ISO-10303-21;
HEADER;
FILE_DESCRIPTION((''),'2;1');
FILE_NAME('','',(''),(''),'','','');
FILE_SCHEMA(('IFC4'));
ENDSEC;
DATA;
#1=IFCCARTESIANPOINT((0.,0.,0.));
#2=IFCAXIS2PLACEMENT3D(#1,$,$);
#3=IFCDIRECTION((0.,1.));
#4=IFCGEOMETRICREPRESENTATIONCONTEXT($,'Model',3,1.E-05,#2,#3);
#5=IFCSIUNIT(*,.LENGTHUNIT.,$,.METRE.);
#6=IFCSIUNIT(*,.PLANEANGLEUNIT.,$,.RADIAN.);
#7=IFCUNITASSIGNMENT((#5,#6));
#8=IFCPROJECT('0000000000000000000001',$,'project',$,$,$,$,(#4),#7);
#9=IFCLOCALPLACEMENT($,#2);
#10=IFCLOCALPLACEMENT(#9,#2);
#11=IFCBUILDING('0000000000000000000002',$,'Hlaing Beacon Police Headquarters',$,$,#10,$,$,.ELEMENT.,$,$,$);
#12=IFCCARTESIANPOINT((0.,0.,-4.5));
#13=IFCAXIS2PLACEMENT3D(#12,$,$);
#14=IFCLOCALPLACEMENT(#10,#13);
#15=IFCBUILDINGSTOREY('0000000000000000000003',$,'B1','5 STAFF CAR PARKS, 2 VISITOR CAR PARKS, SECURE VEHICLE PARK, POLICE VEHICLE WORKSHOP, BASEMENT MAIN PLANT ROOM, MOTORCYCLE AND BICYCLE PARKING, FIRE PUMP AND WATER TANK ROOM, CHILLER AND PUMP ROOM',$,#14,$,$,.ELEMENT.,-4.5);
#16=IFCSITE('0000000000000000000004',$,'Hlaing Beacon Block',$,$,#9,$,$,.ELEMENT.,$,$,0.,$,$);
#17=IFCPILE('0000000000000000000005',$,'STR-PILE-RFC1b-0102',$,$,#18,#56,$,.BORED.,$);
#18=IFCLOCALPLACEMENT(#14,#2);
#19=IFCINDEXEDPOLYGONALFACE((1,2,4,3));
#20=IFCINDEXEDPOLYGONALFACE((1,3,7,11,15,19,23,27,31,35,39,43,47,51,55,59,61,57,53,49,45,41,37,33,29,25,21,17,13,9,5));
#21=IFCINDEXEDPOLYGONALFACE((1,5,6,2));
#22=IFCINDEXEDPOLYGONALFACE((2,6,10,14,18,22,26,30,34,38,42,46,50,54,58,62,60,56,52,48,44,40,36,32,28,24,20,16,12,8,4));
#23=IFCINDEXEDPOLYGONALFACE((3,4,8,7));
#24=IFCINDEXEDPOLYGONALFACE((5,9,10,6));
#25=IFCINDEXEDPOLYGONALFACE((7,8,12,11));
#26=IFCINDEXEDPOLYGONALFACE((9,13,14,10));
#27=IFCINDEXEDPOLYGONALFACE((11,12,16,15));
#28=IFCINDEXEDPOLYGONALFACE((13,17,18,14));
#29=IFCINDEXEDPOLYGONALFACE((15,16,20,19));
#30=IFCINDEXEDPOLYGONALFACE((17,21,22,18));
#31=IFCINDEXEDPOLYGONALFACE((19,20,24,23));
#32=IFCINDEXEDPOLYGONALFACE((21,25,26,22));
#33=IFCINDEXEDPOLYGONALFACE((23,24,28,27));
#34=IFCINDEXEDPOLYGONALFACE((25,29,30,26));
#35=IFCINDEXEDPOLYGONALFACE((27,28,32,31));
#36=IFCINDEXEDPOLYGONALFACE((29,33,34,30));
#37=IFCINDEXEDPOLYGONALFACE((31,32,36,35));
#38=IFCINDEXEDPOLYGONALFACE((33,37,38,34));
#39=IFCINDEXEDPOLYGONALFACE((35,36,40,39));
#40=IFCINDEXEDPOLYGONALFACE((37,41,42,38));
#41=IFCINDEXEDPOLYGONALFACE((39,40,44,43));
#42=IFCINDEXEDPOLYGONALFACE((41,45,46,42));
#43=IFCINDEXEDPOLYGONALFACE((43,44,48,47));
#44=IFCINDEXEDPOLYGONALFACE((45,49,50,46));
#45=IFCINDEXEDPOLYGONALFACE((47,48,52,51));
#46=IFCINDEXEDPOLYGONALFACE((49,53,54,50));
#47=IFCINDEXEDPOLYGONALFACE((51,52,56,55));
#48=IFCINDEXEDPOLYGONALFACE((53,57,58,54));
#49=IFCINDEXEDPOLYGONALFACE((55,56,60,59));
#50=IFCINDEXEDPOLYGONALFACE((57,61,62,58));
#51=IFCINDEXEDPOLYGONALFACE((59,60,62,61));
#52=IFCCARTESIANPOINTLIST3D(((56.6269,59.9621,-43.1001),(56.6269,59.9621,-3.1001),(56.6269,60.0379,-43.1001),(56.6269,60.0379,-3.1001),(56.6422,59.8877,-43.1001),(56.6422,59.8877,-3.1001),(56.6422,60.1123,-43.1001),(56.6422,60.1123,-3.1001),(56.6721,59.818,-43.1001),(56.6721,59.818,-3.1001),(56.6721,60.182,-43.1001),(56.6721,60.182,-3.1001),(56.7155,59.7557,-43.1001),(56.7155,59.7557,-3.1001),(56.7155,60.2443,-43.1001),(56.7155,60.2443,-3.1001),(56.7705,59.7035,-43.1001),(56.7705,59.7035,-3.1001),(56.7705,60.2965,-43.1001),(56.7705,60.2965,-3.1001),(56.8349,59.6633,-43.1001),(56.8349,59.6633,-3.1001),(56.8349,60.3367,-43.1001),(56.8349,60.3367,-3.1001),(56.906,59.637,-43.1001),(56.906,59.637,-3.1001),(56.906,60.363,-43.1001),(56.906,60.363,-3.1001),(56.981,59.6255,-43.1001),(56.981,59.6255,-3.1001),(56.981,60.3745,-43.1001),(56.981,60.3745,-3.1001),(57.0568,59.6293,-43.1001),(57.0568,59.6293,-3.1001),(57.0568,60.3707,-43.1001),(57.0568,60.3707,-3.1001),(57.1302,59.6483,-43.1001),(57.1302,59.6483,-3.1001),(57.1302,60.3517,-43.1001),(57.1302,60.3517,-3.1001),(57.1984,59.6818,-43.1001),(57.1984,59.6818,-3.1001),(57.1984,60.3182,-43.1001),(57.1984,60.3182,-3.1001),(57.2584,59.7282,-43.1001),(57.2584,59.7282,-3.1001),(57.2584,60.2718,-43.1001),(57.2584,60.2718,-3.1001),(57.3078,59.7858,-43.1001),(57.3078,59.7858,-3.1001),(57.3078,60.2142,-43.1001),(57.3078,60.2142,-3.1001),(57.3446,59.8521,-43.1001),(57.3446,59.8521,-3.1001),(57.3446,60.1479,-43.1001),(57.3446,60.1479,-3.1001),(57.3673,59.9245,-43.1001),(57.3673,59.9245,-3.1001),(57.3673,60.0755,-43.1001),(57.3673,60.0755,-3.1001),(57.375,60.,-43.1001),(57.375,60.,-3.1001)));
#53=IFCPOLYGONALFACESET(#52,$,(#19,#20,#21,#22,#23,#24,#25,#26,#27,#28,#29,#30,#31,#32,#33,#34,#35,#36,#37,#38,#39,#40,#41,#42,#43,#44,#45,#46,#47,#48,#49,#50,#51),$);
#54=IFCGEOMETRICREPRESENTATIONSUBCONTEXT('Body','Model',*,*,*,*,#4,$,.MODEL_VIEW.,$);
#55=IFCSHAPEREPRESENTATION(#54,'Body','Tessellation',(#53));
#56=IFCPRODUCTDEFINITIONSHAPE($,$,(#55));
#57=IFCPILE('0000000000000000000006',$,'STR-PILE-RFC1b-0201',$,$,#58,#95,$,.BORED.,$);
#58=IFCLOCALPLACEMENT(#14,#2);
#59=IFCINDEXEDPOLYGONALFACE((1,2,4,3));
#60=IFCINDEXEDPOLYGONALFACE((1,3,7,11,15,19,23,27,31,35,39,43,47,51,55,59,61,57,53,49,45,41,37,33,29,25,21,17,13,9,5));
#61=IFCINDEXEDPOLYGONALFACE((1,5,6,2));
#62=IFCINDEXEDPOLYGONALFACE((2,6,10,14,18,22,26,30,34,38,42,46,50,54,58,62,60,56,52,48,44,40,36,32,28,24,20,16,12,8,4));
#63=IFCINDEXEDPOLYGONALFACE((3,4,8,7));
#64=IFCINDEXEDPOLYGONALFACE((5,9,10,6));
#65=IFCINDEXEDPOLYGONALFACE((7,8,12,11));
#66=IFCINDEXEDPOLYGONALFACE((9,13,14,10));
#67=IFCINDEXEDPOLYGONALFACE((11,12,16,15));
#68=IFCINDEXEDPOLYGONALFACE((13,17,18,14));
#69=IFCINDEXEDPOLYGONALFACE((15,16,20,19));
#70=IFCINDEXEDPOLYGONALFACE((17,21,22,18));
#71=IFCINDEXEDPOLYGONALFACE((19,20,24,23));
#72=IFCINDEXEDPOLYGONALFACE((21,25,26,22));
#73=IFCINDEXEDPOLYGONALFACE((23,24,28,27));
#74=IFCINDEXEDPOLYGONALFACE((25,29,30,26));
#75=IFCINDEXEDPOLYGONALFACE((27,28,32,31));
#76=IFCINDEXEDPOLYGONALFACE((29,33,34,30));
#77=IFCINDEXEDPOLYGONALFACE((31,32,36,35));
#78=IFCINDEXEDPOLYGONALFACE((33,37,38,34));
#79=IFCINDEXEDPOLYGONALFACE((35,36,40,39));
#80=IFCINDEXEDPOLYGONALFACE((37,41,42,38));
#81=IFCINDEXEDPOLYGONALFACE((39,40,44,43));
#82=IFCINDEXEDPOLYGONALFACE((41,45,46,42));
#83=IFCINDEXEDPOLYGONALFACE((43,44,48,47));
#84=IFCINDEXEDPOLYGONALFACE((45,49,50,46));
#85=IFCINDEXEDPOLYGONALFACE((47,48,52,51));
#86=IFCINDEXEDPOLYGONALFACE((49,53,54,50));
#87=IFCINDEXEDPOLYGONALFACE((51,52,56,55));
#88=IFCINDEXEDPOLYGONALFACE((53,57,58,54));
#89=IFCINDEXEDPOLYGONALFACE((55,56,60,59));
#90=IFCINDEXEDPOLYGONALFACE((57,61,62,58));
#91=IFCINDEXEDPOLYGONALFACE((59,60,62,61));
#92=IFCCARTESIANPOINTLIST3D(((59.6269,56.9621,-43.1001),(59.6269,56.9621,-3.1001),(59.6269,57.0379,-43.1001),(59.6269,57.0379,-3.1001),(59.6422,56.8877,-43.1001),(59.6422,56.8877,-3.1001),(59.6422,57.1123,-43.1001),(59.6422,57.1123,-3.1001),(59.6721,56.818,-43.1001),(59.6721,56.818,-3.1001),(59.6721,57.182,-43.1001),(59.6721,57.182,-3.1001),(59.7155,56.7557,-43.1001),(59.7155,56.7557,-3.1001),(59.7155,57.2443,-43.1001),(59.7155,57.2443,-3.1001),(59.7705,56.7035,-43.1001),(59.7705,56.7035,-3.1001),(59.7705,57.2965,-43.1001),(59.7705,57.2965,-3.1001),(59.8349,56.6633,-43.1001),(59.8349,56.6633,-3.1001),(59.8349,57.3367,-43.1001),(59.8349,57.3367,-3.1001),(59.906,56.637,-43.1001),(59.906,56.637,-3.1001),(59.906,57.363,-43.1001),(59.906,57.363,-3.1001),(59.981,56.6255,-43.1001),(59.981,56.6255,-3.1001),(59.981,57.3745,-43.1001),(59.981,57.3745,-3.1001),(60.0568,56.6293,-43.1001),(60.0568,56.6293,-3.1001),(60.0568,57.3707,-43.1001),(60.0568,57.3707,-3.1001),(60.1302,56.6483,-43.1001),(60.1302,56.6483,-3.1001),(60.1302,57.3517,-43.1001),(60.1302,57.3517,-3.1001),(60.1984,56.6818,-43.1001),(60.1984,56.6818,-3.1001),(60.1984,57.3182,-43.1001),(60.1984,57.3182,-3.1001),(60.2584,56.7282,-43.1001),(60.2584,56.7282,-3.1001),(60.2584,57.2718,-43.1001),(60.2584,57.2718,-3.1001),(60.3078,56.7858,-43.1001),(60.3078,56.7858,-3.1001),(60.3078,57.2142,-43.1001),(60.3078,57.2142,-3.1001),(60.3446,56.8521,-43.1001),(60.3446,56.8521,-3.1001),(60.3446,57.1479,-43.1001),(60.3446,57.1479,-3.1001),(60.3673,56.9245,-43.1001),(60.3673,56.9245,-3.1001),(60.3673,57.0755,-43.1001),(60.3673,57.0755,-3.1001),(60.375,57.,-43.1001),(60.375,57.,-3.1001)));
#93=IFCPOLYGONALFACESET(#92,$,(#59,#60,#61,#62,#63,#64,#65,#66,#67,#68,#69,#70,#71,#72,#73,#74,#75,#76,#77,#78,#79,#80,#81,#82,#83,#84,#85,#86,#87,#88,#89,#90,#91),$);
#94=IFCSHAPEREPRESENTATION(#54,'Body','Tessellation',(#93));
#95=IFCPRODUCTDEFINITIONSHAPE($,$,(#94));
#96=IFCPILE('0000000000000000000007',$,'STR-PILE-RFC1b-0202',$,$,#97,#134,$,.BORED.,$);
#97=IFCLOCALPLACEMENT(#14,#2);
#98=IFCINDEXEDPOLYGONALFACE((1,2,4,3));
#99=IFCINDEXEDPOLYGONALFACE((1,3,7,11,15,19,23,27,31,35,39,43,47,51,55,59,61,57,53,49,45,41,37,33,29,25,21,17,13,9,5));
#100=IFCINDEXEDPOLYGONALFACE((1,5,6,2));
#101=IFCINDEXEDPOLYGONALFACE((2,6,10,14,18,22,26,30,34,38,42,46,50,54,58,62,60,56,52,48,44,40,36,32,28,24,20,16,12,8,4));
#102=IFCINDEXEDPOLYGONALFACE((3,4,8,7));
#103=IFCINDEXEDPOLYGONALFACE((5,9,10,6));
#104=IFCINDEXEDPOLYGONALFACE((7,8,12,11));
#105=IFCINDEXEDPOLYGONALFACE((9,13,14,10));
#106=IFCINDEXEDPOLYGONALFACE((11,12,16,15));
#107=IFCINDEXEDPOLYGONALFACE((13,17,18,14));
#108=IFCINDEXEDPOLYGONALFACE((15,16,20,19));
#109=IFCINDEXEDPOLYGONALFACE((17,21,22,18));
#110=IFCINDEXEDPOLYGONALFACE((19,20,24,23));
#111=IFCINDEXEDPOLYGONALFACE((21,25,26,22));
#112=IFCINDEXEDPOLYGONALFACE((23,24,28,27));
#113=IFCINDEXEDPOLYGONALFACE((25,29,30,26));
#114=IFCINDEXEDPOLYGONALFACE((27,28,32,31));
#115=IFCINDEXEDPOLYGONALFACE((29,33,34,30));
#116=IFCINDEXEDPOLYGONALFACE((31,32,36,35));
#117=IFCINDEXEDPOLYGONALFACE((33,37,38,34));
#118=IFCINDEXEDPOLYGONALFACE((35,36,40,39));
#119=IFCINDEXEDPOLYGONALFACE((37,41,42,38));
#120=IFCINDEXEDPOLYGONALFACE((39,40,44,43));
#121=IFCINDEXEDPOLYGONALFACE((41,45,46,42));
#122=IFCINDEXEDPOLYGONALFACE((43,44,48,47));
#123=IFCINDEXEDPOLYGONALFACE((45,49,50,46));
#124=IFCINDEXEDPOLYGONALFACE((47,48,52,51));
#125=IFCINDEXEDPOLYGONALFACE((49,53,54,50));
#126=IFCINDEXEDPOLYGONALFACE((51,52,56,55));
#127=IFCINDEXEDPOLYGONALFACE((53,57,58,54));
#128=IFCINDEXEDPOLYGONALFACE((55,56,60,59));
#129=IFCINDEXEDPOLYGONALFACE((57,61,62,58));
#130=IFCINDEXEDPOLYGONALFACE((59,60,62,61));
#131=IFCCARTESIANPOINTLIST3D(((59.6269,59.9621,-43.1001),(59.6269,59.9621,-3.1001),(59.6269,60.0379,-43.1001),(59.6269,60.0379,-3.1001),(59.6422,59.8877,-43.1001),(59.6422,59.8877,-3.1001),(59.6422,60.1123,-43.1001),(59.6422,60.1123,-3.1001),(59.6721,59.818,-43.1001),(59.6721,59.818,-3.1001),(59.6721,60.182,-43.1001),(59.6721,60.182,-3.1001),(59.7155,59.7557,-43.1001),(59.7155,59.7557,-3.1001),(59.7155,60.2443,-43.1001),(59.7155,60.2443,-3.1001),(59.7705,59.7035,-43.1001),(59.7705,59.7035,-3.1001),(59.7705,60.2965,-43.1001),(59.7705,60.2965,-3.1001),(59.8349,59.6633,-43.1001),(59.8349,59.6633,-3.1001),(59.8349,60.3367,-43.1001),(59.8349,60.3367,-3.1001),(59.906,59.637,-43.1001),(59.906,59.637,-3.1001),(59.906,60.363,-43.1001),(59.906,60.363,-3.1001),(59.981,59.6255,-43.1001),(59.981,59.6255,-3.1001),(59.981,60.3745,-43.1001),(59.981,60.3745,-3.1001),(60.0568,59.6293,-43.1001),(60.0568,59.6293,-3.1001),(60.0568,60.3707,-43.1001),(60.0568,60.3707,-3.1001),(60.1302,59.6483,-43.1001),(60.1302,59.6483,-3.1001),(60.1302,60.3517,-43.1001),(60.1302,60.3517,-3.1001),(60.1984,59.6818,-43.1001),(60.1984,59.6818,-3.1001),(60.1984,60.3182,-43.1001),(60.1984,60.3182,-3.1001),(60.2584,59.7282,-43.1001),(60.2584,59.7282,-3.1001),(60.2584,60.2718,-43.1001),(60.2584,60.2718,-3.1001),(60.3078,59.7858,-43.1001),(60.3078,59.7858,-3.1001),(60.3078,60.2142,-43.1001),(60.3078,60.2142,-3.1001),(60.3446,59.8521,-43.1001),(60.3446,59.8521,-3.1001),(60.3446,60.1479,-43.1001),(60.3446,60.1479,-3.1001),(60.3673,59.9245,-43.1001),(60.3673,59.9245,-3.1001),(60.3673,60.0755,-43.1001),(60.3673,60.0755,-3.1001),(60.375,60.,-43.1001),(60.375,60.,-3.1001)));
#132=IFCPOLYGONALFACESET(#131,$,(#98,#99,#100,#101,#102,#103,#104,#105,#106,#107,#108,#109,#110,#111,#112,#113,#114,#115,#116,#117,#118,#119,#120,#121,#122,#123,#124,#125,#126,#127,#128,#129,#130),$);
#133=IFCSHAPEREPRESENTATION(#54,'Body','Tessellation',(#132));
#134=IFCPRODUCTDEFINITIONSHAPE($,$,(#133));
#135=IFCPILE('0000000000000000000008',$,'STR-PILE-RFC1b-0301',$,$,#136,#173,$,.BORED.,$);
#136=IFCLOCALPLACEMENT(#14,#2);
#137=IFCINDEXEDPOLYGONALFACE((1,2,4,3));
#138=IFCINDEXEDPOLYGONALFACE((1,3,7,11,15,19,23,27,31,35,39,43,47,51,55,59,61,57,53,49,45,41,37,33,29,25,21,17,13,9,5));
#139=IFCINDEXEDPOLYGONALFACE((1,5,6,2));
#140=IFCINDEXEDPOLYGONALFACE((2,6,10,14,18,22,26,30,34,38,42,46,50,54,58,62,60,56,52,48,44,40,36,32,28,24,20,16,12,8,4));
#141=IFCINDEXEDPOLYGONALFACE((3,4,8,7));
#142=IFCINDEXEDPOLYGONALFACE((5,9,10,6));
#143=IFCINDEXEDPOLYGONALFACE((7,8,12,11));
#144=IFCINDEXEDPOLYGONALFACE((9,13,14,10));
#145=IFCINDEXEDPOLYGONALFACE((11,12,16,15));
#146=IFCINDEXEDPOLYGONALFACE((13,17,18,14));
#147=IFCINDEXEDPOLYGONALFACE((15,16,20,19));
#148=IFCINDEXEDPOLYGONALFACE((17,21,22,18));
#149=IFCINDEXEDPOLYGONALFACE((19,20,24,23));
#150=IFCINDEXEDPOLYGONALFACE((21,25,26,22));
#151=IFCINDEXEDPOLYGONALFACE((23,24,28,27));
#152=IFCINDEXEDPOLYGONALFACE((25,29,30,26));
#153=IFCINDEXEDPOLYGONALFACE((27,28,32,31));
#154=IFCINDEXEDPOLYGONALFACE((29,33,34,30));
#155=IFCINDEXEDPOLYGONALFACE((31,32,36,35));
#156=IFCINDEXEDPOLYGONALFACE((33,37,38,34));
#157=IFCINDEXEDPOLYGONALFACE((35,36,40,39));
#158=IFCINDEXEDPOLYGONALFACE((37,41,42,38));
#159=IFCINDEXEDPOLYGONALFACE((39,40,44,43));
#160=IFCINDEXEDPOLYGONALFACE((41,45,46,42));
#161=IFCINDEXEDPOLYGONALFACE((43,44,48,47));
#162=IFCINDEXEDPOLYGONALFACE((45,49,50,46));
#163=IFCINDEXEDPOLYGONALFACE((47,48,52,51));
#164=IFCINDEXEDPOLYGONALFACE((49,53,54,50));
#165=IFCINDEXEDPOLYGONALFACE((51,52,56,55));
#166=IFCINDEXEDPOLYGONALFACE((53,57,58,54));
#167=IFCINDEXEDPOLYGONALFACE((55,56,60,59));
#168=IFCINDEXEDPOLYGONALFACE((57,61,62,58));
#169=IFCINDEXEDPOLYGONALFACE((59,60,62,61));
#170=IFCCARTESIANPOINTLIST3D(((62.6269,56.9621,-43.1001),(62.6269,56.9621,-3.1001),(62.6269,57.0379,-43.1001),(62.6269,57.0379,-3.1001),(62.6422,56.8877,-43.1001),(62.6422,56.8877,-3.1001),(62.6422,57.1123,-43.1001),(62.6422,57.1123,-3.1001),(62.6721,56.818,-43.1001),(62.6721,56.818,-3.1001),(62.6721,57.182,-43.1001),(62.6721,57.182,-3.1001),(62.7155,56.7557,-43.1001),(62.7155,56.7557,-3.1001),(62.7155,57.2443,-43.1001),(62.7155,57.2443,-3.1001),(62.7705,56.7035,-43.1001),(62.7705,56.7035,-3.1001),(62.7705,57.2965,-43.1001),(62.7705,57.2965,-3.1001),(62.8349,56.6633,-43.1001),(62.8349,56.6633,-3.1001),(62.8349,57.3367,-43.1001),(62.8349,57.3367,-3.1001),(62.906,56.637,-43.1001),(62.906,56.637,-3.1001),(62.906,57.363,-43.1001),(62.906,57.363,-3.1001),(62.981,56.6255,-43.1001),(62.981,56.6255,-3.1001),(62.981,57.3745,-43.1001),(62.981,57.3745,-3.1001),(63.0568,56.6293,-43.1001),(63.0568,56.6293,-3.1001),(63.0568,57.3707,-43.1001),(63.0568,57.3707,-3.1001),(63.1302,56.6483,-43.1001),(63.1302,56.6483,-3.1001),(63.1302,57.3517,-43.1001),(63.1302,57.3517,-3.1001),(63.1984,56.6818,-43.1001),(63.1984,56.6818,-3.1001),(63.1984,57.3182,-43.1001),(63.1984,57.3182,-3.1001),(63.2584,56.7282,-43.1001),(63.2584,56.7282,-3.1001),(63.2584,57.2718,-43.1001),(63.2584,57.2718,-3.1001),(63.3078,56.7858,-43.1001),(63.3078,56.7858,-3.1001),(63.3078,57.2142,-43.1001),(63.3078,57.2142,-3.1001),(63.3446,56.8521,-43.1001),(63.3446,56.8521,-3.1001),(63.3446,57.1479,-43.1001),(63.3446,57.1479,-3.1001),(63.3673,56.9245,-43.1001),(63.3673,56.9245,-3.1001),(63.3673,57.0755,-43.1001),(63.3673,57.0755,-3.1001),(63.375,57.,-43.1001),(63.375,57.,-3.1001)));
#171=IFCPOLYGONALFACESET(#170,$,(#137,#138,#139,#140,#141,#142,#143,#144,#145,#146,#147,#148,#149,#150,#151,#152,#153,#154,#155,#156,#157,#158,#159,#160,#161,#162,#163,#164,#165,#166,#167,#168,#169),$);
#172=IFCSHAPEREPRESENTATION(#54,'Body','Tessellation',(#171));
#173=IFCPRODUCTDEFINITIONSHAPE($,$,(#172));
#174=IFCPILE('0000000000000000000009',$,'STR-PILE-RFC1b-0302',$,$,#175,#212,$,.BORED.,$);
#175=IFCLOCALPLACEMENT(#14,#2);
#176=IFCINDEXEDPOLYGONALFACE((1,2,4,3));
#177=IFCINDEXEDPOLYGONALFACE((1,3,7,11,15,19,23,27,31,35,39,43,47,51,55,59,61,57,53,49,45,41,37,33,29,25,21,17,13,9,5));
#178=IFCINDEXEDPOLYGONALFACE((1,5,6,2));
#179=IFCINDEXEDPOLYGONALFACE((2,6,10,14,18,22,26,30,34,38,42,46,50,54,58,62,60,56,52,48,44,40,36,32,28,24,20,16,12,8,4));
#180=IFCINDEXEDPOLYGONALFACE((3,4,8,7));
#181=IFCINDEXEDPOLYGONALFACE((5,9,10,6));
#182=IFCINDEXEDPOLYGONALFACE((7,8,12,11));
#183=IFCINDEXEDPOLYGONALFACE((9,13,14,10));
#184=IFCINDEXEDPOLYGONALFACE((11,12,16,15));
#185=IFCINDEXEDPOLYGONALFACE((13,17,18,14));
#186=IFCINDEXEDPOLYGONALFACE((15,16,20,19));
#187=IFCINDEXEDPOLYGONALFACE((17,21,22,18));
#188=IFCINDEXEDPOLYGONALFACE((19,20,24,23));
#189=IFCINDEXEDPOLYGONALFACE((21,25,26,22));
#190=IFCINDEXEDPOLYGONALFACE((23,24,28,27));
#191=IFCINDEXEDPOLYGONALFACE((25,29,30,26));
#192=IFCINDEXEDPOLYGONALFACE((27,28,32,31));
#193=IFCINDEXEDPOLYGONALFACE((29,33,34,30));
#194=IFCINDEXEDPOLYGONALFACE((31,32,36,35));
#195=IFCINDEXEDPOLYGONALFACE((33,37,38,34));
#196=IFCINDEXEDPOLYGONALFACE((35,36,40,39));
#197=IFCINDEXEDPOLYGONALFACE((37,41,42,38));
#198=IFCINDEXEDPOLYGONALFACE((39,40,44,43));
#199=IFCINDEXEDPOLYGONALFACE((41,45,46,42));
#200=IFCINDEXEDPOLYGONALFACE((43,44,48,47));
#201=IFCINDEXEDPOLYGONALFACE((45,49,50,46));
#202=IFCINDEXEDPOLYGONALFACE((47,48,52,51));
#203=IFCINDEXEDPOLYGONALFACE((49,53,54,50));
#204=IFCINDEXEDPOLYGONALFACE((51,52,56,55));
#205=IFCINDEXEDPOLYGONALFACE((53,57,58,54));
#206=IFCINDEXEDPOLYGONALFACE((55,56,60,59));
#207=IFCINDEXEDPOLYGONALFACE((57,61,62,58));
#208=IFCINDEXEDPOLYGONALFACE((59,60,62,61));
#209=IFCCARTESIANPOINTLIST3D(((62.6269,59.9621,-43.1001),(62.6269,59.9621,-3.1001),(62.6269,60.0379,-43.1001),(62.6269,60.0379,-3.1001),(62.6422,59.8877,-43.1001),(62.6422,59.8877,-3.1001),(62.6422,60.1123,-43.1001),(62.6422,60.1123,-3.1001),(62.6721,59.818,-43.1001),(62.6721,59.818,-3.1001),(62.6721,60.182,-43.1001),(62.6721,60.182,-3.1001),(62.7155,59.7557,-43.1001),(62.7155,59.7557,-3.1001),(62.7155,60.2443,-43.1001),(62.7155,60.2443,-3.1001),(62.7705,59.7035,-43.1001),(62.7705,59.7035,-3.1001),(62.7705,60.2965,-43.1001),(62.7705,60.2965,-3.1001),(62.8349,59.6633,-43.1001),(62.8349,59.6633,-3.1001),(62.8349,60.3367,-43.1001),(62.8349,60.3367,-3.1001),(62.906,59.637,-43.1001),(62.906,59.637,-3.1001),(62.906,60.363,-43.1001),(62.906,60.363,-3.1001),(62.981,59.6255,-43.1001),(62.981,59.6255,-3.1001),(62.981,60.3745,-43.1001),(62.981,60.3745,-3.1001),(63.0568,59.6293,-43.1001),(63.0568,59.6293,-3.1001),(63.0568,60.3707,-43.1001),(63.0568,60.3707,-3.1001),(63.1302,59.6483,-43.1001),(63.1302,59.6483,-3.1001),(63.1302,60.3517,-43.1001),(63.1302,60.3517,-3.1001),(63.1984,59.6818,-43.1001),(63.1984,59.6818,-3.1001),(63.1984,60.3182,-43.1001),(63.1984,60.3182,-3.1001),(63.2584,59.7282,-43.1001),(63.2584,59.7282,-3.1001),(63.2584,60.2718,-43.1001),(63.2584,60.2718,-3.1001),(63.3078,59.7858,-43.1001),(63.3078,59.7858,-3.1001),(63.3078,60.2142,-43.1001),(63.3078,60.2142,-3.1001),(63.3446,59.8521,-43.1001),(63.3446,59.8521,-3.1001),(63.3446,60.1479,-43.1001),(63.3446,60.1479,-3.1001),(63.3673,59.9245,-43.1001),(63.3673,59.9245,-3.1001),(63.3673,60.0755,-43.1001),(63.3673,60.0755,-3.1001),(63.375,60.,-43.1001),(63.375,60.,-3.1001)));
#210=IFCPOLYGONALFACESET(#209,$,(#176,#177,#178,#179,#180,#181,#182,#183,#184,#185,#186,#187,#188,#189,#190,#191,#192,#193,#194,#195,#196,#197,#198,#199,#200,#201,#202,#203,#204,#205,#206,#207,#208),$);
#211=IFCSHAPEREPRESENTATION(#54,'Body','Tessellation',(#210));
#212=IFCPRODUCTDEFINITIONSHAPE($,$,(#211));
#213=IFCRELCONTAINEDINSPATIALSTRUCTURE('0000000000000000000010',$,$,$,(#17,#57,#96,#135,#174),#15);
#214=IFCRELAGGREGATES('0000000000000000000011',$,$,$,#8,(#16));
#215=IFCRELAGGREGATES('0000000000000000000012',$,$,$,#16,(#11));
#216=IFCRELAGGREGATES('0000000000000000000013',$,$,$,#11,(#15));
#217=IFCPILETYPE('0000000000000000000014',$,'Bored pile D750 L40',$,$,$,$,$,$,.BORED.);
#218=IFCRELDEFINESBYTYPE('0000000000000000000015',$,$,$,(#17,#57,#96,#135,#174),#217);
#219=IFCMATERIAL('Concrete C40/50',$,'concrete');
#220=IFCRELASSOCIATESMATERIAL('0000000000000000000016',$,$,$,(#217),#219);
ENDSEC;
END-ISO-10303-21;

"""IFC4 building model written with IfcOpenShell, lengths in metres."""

from ifc_helpers import new_model, si_unit, direction, frame, origin, origin_2d, place, context, subcontext, project, spatial, circle, extrude, material, material_profile, profile_set, type_object, element, save


model = new_model("IFC4")

# Units and contexts
model_context = context("Model", 3, precision=1e-05, world=origin(), true_north=direction((0.0, 1.0)))
body_context = subcontext(model_context, "Body", "Model", "MODEL_VIEW")
ifc_project = project(units=[si_unit("LENGTHUNIT", "METRE"), si_unit("PLANEANGLEUNIT", "RADIAN")], contexts=[model_context])

# Site, building, storey
site_placement = place(None, origin())
site = spatial("IfcSite", under=ifc_project, at=site_placement, Name="Hlaing Beacon Block", CompositionType="ELEMENT", RefElevation=0.0)
building_placement = place(site_placement, origin())
building = spatial("IfcBuilding", under=site, at=building_placement, Name="Hlaing Beacon Police Headquarters", CompositionType="ELEMENT")
storey_placement = place(building_placement, frame((0.0, 0.0, -4.5)))
storey = spatial("IfcBuildingStorey", under=building, at=storey_placement, Name="B1", Description="5 STAFF CAR PARKS, 2 VISITOR CAR PARKS, SECURE VEHICLE PARK, POLICE VEHICLE WORKSHOP, BASEMENT MAIN PLANT ROOM, MOTORCYCLE AND BICYCLE PARKING, FIRE PUMP AND WATER TANK ROOM, CHILLER AND PUMP ROOM", CompositionType="ELEMENT", Elevation=-4.5)

# Piles
ifc_material_1 = material(Name="Concrete C40/50", Category="concrete")
ifc_material_profile_1 = material_profile(ifc_material_1, circle(Radius=0.375, at=origin_2d()), Name="D750")
ifc_profile_set_1 = profile_set([ifc_material_profile_1], Name="Concrete C40/50")
pile_type_1 = type_object("IfcPileType", Name="Bored pile D750 L40", PredefinedType="BORED", material=ifc_profile_set_1)
for number, where, z_axis, x_axis, name in (
    (1, (57.0, 60.0, -3.1001), (0.0, 0.0, -1.0), (1.0, 0.0, 0.0), "STR-PILE-RFC1b-0102"),
    (2, (60.0, 57.0, -3.1001), (0.0, 0.0, -1.0), (1.0, 0.0, 0.0), "STR-PILE-RFC1b-0201"),
    (3, (60.0, 60.0, -3.1001), (0.0, 0.0, -1.0), (1.0, 0.0, 0.0), "STR-PILE-RFC1b-0202"),
    (4, (63.0, 57.0, -3.1001), (0.0, 0.0, -1.0), (1.0, 0.0, 0.0), "STR-PILE-RFC1b-0301"),
    (5, (63.0, 60.0, -3.1001), (0.0, 0.0, -1.0), (1.0, 0.0, 0.0), "STR-PILE-RFC1b-0302"),
):
    element("IfcPile", number, at=place(storey_placement, frame(where, z_axis=z_axis, x_axis=x_axis)), inside=storey, type_object=pile_type_1, Name=name, PredefinedType="BORED", context=body_context, shape_type="SweptSolid", body=[
        extrude(circle(Radius=0.375, at=origin_2d()), origin(), (0.0, 0.0, 1.0), 40.0),
    ])

save(model, "model.ifc")
